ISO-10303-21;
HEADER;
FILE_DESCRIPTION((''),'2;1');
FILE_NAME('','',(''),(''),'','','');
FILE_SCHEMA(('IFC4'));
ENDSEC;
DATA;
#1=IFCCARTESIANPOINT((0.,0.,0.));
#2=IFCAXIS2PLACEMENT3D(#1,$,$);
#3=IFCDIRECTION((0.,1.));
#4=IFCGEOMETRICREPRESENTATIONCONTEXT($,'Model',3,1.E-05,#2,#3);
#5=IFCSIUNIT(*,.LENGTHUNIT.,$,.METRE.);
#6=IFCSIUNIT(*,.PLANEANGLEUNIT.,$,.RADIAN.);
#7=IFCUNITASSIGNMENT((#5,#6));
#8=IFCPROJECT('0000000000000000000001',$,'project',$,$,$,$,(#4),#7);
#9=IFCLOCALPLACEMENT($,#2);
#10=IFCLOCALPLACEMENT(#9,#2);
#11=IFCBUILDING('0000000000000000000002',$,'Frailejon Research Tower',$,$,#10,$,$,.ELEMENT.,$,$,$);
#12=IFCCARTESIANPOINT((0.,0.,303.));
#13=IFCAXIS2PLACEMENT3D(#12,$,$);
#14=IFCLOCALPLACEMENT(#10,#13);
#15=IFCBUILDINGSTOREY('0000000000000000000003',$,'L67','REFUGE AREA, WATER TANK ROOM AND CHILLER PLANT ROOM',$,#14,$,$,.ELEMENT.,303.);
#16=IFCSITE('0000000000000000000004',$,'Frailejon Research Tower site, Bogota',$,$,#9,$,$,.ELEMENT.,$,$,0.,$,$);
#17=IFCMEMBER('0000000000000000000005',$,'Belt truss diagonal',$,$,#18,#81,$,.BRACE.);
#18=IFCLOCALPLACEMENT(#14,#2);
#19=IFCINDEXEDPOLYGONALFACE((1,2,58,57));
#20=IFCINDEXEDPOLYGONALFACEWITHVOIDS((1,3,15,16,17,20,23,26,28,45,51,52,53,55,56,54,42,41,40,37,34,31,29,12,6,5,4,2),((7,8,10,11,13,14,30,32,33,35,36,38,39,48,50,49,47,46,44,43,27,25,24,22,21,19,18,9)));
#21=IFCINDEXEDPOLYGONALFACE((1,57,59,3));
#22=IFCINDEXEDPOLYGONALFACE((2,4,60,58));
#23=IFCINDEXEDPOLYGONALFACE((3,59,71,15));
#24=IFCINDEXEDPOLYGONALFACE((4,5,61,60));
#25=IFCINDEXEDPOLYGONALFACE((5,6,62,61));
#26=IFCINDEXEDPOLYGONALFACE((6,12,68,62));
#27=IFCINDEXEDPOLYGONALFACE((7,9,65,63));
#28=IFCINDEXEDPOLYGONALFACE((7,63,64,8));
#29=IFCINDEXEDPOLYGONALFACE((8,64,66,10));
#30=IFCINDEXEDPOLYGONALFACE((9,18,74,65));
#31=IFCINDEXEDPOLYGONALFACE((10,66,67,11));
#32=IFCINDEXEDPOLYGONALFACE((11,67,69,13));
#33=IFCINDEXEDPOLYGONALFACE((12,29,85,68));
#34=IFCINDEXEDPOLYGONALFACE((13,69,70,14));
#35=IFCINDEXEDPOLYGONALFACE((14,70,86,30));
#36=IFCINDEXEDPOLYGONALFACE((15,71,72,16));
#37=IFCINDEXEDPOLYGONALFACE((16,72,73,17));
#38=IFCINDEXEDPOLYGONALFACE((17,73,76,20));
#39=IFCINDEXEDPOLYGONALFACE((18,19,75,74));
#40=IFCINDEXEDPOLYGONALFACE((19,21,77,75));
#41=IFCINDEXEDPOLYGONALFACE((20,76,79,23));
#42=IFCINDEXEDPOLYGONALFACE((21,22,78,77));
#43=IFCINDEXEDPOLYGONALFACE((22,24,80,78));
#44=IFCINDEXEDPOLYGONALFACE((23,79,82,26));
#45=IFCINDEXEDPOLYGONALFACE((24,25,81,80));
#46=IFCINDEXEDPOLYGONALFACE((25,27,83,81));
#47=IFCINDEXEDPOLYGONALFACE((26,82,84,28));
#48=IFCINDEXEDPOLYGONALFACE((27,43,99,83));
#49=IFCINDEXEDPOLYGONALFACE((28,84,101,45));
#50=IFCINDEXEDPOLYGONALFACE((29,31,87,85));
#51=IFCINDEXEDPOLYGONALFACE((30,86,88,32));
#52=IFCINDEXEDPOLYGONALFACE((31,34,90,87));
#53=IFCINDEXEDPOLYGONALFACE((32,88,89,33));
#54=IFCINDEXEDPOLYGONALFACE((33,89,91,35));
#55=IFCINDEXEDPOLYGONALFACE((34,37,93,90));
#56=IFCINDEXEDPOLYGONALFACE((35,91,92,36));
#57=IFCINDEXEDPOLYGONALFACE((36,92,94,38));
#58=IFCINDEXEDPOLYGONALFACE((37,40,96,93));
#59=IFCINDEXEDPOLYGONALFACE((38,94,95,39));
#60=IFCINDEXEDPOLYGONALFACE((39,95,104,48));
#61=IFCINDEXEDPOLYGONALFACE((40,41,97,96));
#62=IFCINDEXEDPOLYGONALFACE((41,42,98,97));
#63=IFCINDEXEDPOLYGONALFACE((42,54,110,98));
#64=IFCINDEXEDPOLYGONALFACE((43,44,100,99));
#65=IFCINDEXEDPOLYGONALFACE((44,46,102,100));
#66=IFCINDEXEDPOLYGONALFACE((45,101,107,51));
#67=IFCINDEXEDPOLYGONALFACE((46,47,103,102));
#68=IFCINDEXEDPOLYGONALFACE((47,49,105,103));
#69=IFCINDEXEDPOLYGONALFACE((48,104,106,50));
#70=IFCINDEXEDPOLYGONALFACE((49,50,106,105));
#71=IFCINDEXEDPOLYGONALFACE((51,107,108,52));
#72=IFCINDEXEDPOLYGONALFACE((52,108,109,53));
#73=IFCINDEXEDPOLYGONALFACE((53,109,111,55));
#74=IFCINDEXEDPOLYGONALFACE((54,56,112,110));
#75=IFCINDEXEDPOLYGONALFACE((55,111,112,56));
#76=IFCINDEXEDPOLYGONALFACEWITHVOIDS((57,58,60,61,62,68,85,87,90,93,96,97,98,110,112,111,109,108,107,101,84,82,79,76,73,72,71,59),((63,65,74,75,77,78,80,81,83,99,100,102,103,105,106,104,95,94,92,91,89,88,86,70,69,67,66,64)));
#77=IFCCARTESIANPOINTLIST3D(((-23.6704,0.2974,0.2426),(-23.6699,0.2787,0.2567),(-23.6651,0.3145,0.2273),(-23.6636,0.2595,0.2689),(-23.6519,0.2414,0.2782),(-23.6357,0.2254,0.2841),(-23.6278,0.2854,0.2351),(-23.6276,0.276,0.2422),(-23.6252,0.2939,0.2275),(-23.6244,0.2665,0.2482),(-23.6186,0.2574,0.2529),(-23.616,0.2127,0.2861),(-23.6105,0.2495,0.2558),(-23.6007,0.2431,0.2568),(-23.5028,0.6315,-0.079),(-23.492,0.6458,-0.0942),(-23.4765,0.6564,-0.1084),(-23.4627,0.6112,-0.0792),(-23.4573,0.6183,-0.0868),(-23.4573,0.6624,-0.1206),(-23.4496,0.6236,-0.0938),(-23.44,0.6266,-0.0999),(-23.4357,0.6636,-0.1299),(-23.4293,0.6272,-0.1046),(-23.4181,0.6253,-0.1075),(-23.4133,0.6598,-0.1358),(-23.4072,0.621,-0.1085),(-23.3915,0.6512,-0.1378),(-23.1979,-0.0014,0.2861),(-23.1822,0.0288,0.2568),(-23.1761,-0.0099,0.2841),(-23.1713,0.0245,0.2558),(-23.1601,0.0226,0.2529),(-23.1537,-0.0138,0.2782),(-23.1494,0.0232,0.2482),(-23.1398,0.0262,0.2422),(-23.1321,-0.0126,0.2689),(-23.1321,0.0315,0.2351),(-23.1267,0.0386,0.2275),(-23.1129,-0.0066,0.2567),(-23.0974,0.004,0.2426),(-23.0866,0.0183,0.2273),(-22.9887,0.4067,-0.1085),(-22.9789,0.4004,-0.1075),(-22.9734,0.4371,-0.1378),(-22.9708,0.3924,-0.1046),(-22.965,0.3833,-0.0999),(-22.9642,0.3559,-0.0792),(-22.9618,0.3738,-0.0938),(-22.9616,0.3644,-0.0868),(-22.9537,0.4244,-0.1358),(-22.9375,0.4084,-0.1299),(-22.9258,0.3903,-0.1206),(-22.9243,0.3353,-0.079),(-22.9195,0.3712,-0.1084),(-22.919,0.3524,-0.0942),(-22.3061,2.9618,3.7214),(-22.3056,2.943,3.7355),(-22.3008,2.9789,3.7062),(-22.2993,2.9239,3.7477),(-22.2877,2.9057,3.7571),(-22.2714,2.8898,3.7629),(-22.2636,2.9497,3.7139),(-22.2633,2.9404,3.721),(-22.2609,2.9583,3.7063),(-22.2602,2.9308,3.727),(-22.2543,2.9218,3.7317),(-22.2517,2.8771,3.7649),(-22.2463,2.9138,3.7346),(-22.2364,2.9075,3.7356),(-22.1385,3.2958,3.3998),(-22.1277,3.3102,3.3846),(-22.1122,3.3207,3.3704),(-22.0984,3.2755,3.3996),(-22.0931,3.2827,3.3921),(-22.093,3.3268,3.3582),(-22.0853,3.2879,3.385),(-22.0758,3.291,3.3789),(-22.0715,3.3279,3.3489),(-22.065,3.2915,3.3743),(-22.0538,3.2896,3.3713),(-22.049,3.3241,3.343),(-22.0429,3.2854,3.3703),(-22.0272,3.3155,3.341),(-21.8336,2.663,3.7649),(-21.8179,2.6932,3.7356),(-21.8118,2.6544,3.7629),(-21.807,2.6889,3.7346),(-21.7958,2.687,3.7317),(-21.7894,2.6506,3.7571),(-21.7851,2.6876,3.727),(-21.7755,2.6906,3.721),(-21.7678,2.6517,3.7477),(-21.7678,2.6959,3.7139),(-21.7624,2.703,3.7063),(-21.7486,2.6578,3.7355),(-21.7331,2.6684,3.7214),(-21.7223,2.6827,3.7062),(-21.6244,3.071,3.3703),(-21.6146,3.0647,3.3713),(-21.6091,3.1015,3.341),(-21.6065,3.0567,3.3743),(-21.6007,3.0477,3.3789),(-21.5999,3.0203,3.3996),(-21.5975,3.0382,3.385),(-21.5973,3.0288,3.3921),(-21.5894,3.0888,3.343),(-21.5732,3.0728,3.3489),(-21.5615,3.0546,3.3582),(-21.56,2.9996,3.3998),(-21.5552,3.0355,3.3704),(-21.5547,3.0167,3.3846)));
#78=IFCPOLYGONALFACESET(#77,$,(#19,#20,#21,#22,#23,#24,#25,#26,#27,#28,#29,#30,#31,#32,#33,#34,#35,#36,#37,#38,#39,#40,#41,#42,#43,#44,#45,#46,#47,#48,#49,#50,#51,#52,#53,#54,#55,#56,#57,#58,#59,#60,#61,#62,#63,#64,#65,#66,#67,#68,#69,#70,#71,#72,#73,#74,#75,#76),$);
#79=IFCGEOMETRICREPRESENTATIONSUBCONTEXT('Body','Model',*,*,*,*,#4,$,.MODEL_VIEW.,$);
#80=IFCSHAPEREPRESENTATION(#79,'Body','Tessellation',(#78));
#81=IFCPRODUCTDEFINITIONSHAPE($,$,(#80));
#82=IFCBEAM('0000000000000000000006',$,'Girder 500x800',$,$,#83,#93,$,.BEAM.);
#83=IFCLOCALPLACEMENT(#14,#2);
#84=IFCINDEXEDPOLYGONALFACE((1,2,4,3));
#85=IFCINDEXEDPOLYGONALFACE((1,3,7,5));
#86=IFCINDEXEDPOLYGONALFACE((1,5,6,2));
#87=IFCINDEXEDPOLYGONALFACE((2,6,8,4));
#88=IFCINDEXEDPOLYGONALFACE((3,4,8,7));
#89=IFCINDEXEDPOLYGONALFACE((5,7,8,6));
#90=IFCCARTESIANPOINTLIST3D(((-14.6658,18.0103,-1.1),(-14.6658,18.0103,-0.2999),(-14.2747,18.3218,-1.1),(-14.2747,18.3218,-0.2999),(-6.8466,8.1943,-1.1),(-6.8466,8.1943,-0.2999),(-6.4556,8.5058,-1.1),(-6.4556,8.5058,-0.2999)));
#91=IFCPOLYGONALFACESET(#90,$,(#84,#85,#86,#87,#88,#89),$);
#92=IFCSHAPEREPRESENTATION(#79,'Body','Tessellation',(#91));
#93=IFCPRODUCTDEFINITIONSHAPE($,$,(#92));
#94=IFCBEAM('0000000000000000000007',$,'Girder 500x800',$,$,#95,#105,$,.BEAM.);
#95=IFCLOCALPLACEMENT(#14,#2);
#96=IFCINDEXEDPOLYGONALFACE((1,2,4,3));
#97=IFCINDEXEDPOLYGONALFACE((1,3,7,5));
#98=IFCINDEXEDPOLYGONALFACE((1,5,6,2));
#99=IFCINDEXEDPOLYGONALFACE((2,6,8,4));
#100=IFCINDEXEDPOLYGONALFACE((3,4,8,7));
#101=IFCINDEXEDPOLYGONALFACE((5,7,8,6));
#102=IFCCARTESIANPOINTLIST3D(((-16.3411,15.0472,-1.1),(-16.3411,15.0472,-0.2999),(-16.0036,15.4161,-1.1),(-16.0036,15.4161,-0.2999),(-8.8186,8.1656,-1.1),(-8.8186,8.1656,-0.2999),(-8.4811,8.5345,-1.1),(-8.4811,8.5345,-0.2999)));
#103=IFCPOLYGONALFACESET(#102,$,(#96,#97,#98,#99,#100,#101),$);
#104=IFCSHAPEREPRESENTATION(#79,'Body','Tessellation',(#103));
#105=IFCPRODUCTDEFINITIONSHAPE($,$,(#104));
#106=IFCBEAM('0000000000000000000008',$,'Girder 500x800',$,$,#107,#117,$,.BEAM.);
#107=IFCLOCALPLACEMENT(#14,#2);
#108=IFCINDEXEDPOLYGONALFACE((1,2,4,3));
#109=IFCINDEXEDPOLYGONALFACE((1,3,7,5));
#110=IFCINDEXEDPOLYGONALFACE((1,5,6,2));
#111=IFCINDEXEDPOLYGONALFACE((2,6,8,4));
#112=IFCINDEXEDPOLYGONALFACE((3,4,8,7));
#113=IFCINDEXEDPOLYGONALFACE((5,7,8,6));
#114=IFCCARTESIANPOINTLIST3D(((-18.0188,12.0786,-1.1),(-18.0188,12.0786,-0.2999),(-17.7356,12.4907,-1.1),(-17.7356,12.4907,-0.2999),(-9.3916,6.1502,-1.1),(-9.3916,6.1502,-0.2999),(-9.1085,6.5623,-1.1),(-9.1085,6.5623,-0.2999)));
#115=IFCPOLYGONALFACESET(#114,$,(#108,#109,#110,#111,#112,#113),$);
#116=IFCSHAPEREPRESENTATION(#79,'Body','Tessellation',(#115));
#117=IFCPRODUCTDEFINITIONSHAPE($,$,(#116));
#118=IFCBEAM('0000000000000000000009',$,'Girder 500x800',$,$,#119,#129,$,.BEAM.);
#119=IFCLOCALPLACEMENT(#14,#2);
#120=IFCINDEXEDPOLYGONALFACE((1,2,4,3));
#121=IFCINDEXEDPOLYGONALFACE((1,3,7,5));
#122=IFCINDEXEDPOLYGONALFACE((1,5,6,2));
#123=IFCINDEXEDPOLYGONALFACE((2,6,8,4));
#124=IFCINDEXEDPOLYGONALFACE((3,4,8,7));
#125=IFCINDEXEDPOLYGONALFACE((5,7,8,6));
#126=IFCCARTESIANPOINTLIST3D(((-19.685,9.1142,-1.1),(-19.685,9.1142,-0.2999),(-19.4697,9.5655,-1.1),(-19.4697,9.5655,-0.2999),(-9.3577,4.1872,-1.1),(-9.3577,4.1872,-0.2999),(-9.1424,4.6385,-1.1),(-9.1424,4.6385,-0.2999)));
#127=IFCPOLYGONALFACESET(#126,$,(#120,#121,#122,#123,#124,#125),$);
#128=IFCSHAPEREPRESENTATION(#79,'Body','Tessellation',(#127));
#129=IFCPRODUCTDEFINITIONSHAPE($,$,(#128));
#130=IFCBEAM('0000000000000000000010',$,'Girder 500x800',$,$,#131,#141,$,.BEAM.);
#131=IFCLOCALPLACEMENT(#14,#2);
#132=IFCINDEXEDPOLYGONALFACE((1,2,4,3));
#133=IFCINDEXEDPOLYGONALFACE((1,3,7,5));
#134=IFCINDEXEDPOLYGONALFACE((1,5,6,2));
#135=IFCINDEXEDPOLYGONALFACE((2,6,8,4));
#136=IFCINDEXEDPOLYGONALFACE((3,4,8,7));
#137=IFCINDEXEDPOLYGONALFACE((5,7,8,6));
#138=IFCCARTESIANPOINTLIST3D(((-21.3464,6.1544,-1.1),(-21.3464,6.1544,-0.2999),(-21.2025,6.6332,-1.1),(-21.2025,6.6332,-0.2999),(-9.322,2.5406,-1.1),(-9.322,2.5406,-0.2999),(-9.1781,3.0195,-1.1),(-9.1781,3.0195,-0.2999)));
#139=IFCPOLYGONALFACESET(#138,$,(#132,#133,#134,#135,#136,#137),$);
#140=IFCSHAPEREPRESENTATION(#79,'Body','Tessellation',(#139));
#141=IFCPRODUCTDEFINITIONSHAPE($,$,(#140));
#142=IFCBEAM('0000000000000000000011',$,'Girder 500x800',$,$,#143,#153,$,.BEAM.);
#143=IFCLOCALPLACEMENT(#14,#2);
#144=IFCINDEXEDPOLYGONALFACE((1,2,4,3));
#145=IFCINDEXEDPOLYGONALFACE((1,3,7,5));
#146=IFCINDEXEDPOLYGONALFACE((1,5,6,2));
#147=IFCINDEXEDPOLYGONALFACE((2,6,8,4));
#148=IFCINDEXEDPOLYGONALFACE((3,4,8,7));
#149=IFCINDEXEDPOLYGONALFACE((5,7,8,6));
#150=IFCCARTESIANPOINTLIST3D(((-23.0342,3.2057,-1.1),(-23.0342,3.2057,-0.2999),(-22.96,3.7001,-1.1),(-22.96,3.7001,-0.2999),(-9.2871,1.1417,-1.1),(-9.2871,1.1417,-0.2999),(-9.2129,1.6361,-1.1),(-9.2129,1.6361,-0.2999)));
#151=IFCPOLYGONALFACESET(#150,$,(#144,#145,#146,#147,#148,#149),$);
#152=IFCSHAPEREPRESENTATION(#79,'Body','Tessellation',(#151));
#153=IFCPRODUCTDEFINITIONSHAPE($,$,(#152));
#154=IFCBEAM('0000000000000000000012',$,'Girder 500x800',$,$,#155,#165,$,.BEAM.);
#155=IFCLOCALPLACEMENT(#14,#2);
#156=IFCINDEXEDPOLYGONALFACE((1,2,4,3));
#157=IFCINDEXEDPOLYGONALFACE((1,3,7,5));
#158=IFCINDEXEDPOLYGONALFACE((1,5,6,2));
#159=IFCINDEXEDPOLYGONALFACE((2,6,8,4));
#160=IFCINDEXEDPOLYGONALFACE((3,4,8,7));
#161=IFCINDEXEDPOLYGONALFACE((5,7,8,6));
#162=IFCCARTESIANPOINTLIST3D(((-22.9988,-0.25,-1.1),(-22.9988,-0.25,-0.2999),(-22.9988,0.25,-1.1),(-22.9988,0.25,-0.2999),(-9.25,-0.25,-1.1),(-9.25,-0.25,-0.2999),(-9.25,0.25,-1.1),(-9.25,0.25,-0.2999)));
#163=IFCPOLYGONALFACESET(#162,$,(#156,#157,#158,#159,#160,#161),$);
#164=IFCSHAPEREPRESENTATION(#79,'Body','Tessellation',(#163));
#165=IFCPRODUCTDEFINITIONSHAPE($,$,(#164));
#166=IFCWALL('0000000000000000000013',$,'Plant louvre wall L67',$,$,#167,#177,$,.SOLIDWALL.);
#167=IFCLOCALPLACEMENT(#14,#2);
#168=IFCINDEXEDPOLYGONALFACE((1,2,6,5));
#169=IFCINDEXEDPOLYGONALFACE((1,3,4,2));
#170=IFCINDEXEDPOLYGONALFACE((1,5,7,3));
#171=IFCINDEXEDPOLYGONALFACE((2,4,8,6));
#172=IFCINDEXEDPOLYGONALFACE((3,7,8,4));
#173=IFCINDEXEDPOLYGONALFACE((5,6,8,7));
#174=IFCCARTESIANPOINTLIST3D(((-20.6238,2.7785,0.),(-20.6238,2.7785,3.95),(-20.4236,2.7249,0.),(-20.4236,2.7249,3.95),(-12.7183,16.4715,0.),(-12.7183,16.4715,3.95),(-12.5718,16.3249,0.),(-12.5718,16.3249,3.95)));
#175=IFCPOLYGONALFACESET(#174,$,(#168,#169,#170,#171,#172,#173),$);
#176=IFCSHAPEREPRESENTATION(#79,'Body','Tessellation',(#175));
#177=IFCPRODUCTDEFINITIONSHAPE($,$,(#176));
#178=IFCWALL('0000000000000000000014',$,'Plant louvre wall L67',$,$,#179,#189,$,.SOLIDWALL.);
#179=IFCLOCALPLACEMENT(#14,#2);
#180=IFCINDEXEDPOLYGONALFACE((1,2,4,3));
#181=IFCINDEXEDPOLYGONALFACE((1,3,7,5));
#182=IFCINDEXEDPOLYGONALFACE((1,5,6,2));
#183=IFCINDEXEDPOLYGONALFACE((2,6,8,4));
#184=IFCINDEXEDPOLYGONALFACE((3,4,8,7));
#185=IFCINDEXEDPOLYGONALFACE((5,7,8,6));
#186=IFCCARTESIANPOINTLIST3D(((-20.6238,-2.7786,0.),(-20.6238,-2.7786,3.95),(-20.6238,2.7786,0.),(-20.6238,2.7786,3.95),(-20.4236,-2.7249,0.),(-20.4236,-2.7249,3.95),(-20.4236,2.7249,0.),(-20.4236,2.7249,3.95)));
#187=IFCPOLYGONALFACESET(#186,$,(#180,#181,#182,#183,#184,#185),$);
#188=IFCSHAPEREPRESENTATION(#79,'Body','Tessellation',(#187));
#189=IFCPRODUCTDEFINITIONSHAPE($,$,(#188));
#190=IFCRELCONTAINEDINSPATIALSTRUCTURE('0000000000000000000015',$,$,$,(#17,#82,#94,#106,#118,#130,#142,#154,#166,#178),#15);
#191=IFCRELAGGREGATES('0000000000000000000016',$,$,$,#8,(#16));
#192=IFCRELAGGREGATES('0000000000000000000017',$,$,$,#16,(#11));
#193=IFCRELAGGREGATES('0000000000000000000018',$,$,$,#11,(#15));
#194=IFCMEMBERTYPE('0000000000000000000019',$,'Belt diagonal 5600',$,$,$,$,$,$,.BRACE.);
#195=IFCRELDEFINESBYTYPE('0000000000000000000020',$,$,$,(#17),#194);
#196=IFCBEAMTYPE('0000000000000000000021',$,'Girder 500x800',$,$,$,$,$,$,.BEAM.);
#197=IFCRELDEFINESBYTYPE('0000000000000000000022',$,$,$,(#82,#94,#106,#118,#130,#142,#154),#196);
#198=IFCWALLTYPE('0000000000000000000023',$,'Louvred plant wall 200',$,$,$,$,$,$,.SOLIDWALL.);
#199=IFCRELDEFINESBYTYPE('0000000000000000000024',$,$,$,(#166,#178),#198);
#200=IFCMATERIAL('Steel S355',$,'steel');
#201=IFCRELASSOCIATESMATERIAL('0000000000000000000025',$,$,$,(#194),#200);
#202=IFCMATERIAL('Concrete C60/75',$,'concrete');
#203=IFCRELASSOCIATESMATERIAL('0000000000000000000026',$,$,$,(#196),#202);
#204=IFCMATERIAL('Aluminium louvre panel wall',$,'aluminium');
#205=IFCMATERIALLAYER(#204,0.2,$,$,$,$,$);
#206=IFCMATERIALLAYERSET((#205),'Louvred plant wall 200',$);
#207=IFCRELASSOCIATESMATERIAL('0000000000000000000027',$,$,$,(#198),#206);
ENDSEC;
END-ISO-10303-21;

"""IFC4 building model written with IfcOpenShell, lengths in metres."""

from ifc_helpers import new_model, si_unit, direction, frame, origin, origin_2d, place, context, subcontext, project, spatial, polyline, rectangle, hollow_rectangle, outline, extrude, material, layer, layer_set, material_profile, profile_set, type_object, element, save


model = new_model("IFC4")

# Units and contexts
model_context = context("Model", 3, precision=1e-05, world=origin(), true_north=direction((0.0, 1.0)))
body_context = subcontext(model_context, "Body", "Model", "MODEL_VIEW")
ifc_project = project(units=[si_unit("LENGTHUNIT", "METRE"), si_unit("PLANEANGLEUNIT", "RADIAN")], contexts=[model_context])

# Site, building, storey
site_placement = place(None, origin())
site = spatial("IfcSite", under=ifc_project, at=site_placement, Name="Frailejon Research Tower site, Bogota", CompositionType="ELEMENT", RefElevation=0.0)
building_placement = place(site_placement, origin())
building = spatial("IfcBuilding", under=site, at=building_placement, Name="Frailejon Research Tower", CompositionType="ELEMENT")
storey_placement = place(building_placement, frame((0.0, 0.0, 303.0)))
storey = spatial("IfcBuildingStorey", under=building, at=storey_placement, Name="L67", Description="REFUGE AREA, WATER TANK ROOM AND CHILLER PLANT ROOM", CompositionType="ELEMENT", Elevation=303.0)

# Member
ifc_material_1 = material(Name="Steel S355", Category="steel")
ifc_material_profile_1 = material_profile(ifc_material_1, hollow_rectangle(XDim=0.6499, YDim=0.6499, WallThickness=0.0449, InnerFilletRadius=0.0449, OuterFilletRadius=0.0901, at=origin_2d()), Name="Belt diagonal 5600")
ifc_profile_set_1 = profile_set([ifc_material_profile_1], Name="Steel S355")
member_type = type_object("IfcMemberType", Name="Belt diagonal 5600", PredefinedType="BRACE", material=ifc_profile_set_1)
member_1_placement = place(storey_placement, frame((-21.9304, 2.9893, 3.553), z_axis=(-0.29727, -0.58055, -0.758018), x_axis=(0.890096, -0.455773, 0.0)))
element("IfcMember", 1, at=member_1_placement, inside=storey, type_object=member_type, Name="Belt truss diagonal", PredefinedType="BRACE", context=body_context, shape_type="SweptSolid", body=[
    extrude(hollow_rectangle(XDim=0.6499, YDim=0.6499, WallThickness=0.0449, InnerFilletRadius=0.0449, OuterFilletRadius=0.0901, at=origin_2d()), origin(), (0.0, 0.0, 1.0), 4.5894),
])

# Beams
ifc_material_2 = material(Name="Concrete C60/75", Category="concrete")
ifc_material_profile_2 = material_profile(ifc_material_2, rectangle(XDim=0.5, YDim=0.8, at=origin_2d()), Name="Girder 500x800")
ifc_profile_set_2 = profile_set([ifc_material_profile_2], Name="Concrete C60/75")
beam_type_1 = type_object("IfcBeamType", Name="Girder 500x800", PredefinedType="BEAM", material=ifc_profile_set_2)
beam_1_placement = place(storey_placement, frame((-14.4702, 18.166, -0.7), z_axis=(0.623059, -0.782175, 0.0), x_axis=(0.782175, 0.623059, 0.0)))
element("IfcBeam", 2, at=beam_1_placement, inside=storey, type_object=beam_type_1, Name="Girder 500x800", PredefinedType="BEAM", context=body_context, shape_type="SweptSolid", body=[
    extrude(rectangle(XDim=0.5, YDim=0.8, at=origin_2d()), origin(), (0.0, 0.0, 1.0), 12.5496),
])
beam_2_placement = place(storey_placement, frame((-16.1724, 15.2317, -0.7), z_axis=(0.737838, -0.674978, 0.0), x_axis=(0.674978, 0.737838, 0.0)))
element("IfcBeam", 3, at=beam_2_placement, inside=storey, type_object=beam_type_1, Name="Girder 500x800", PredefinedType="BEAM", context=body_context, shape_type="SweptSolid", body=[
    extrude(rectangle(XDim=0.5, YDim=0.8, at=origin_2d()), origin(), (0.0, 0.0, 1.0), 10.1953),
])
beam_3_placement = place(storey_placement, frame((-17.8772, 12.2847, -0.7), z_axis=(0.824164, -0.566352, 0.0), x_axis=(0.566352, 0.824164, 0.0)))
element("IfcBeam", 4, at=beam_3_placement, inside=storey, type_object=beam_type_1, Name="Girder 500x800", PredefinedType="BEAM", context=body_context, shape_type="SweptSolid", body=[
    extrude(rectangle(XDim=0.5, YDim=0.8, at=origin_2d()), origin(), (0.0, 0.0, 1.0), 10.4678),
])
beam_4_placement = place(storey_placement, frame((-19.5774, 9.3398, -0.7), z_axis=(0.902548, -0.430589, 0.0), x_axis=(0.430589, 0.902548, 0.0)))
element("IfcBeam", 5, at=beam_4_placement, inside=storey, type_object=beam_type_1, Name="Girder 500x800", PredefinedType="BEAM", context=body_context, shape_type="SweptSolid", body=[
    extrude(rectangle(XDim=0.5, YDim=0.8, at=origin_2d()), origin(), (0.0, 0.0, 1.0), 11.4424),
])
beam_5_placement = place(storey_placement, frame((-21.2744, 6.3938, -0.7), z_axis=(0.957685, -0.287819, 0.0), x_axis=(0.287819, 0.957685, 0.0)))
element("IfcBeam", 6, at=beam_5_placement, inside=storey, type_object=beam_type_1, Name="Girder 500x800", PredefinedType="BEAM", context=body_context, shape_type="SweptSolid", body=[
    extrude(rectangle(XDim=0.5, YDim=0.8, at=origin_2d()), origin(), (0.0, 0.0, 1.0), 12.5557),
])
beam_6_placement = place(storey_placement, frame((-22.9971, 3.4529, -0.7), z_axis=(0.988916, -0.148474, 0.0), x_axis=(0.148474, 0.988916, 0.0)))
element("IfcBeam", 7, at=beam_6_placement, inside=storey, type_object=beam_type_1, Name="Girder 500x800", PredefinedType="BEAM", context=body_context, shape_type="SweptSolid", body=[
    extrude(rectangle(XDim=0.5, YDim=0.8, at=origin_2d()), origin(), (0.0, 0.0, 1.0), 13.9011),
])
beam_7_placement = place(storey_placement, frame((-22.9988, 0.0, -0.7), z_axis=(1.0, 0.0, 0.0), x_axis=(0.0, 1.0, 0.0)))
element("IfcBeam", 8, at=beam_7_placement, inside=storey, type_object=beam_type_1, Name="Girder 500x800", PredefinedType="BEAM", context=body_context, shape_type="SweptSolid", body=[
    extrude(rectangle(XDim=0.5, YDim=0.8, at=origin_2d()), origin(), (0.0, 0.0, 1.0), 13.7488),
])

# Walls
ifc_material_3 = material(Name="Aluminium louvre panel wall", Category="aluminium")
ifc_layer_1 = layer(ifc_material_3, 0.2)
ifc_layer_set_1 = layer_set([ifc_layer_1], Name="Louvred plant wall 200")
wall_type_1 = type_object("IfcWallType", Name="Louvred plant wall 200", PredefinedType="SOLIDWALL", material=ifc_layer_set_1)
wall_1_placement = place(storey_placement, frame((-12.645, 16.3982, 0.0), z_axis=(0.0, 0.0, 1.0), x_axis=(-0.499993, -0.866029, 0.0)))
element("IfcWall", 9, at=wall_1_placement, inside=storey, type_object=wall_type_1, Name="Plant louvre wall L67", PredefinedType="SOLIDWALL", context=body_context, shape_type="SweptSolid", body=[
    extrude(outline(polyline([(-0.0269, -0.1001), (15.7844, -0.1001), (15.7307, 0.1001), (0.0269, 0.1001), (-0.0269, -0.1001)])), origin(), (0.0, 0.0, 1.0), 3.95),
])
wall_2_placement = place(storey_placement, frame((-20.5237, 2.7517, 0.0), z_axis=(0.0, 0.0, 1.0), x_axis=(0.0, -1.0, 0.0)))
element("IfcWall", 10, at=wall_2_placement, inside=storey, type_object=wall_type_1, Name="Plant louvre wall L67", PredefinedType="SOLIDWALL", context=body_context, shape_type="SweptSolid", body=[
    extrude(outline(polyline([(-0.0269, -0.1001), (5.5303, -0.1001), (5.4766, 0.1001), (0.0269, 0.1001), (-0.0269, -0.1001)])), origin(), (0.0, 0.0, 1.0), 3.95),
])

save(model, "model.ifc")
